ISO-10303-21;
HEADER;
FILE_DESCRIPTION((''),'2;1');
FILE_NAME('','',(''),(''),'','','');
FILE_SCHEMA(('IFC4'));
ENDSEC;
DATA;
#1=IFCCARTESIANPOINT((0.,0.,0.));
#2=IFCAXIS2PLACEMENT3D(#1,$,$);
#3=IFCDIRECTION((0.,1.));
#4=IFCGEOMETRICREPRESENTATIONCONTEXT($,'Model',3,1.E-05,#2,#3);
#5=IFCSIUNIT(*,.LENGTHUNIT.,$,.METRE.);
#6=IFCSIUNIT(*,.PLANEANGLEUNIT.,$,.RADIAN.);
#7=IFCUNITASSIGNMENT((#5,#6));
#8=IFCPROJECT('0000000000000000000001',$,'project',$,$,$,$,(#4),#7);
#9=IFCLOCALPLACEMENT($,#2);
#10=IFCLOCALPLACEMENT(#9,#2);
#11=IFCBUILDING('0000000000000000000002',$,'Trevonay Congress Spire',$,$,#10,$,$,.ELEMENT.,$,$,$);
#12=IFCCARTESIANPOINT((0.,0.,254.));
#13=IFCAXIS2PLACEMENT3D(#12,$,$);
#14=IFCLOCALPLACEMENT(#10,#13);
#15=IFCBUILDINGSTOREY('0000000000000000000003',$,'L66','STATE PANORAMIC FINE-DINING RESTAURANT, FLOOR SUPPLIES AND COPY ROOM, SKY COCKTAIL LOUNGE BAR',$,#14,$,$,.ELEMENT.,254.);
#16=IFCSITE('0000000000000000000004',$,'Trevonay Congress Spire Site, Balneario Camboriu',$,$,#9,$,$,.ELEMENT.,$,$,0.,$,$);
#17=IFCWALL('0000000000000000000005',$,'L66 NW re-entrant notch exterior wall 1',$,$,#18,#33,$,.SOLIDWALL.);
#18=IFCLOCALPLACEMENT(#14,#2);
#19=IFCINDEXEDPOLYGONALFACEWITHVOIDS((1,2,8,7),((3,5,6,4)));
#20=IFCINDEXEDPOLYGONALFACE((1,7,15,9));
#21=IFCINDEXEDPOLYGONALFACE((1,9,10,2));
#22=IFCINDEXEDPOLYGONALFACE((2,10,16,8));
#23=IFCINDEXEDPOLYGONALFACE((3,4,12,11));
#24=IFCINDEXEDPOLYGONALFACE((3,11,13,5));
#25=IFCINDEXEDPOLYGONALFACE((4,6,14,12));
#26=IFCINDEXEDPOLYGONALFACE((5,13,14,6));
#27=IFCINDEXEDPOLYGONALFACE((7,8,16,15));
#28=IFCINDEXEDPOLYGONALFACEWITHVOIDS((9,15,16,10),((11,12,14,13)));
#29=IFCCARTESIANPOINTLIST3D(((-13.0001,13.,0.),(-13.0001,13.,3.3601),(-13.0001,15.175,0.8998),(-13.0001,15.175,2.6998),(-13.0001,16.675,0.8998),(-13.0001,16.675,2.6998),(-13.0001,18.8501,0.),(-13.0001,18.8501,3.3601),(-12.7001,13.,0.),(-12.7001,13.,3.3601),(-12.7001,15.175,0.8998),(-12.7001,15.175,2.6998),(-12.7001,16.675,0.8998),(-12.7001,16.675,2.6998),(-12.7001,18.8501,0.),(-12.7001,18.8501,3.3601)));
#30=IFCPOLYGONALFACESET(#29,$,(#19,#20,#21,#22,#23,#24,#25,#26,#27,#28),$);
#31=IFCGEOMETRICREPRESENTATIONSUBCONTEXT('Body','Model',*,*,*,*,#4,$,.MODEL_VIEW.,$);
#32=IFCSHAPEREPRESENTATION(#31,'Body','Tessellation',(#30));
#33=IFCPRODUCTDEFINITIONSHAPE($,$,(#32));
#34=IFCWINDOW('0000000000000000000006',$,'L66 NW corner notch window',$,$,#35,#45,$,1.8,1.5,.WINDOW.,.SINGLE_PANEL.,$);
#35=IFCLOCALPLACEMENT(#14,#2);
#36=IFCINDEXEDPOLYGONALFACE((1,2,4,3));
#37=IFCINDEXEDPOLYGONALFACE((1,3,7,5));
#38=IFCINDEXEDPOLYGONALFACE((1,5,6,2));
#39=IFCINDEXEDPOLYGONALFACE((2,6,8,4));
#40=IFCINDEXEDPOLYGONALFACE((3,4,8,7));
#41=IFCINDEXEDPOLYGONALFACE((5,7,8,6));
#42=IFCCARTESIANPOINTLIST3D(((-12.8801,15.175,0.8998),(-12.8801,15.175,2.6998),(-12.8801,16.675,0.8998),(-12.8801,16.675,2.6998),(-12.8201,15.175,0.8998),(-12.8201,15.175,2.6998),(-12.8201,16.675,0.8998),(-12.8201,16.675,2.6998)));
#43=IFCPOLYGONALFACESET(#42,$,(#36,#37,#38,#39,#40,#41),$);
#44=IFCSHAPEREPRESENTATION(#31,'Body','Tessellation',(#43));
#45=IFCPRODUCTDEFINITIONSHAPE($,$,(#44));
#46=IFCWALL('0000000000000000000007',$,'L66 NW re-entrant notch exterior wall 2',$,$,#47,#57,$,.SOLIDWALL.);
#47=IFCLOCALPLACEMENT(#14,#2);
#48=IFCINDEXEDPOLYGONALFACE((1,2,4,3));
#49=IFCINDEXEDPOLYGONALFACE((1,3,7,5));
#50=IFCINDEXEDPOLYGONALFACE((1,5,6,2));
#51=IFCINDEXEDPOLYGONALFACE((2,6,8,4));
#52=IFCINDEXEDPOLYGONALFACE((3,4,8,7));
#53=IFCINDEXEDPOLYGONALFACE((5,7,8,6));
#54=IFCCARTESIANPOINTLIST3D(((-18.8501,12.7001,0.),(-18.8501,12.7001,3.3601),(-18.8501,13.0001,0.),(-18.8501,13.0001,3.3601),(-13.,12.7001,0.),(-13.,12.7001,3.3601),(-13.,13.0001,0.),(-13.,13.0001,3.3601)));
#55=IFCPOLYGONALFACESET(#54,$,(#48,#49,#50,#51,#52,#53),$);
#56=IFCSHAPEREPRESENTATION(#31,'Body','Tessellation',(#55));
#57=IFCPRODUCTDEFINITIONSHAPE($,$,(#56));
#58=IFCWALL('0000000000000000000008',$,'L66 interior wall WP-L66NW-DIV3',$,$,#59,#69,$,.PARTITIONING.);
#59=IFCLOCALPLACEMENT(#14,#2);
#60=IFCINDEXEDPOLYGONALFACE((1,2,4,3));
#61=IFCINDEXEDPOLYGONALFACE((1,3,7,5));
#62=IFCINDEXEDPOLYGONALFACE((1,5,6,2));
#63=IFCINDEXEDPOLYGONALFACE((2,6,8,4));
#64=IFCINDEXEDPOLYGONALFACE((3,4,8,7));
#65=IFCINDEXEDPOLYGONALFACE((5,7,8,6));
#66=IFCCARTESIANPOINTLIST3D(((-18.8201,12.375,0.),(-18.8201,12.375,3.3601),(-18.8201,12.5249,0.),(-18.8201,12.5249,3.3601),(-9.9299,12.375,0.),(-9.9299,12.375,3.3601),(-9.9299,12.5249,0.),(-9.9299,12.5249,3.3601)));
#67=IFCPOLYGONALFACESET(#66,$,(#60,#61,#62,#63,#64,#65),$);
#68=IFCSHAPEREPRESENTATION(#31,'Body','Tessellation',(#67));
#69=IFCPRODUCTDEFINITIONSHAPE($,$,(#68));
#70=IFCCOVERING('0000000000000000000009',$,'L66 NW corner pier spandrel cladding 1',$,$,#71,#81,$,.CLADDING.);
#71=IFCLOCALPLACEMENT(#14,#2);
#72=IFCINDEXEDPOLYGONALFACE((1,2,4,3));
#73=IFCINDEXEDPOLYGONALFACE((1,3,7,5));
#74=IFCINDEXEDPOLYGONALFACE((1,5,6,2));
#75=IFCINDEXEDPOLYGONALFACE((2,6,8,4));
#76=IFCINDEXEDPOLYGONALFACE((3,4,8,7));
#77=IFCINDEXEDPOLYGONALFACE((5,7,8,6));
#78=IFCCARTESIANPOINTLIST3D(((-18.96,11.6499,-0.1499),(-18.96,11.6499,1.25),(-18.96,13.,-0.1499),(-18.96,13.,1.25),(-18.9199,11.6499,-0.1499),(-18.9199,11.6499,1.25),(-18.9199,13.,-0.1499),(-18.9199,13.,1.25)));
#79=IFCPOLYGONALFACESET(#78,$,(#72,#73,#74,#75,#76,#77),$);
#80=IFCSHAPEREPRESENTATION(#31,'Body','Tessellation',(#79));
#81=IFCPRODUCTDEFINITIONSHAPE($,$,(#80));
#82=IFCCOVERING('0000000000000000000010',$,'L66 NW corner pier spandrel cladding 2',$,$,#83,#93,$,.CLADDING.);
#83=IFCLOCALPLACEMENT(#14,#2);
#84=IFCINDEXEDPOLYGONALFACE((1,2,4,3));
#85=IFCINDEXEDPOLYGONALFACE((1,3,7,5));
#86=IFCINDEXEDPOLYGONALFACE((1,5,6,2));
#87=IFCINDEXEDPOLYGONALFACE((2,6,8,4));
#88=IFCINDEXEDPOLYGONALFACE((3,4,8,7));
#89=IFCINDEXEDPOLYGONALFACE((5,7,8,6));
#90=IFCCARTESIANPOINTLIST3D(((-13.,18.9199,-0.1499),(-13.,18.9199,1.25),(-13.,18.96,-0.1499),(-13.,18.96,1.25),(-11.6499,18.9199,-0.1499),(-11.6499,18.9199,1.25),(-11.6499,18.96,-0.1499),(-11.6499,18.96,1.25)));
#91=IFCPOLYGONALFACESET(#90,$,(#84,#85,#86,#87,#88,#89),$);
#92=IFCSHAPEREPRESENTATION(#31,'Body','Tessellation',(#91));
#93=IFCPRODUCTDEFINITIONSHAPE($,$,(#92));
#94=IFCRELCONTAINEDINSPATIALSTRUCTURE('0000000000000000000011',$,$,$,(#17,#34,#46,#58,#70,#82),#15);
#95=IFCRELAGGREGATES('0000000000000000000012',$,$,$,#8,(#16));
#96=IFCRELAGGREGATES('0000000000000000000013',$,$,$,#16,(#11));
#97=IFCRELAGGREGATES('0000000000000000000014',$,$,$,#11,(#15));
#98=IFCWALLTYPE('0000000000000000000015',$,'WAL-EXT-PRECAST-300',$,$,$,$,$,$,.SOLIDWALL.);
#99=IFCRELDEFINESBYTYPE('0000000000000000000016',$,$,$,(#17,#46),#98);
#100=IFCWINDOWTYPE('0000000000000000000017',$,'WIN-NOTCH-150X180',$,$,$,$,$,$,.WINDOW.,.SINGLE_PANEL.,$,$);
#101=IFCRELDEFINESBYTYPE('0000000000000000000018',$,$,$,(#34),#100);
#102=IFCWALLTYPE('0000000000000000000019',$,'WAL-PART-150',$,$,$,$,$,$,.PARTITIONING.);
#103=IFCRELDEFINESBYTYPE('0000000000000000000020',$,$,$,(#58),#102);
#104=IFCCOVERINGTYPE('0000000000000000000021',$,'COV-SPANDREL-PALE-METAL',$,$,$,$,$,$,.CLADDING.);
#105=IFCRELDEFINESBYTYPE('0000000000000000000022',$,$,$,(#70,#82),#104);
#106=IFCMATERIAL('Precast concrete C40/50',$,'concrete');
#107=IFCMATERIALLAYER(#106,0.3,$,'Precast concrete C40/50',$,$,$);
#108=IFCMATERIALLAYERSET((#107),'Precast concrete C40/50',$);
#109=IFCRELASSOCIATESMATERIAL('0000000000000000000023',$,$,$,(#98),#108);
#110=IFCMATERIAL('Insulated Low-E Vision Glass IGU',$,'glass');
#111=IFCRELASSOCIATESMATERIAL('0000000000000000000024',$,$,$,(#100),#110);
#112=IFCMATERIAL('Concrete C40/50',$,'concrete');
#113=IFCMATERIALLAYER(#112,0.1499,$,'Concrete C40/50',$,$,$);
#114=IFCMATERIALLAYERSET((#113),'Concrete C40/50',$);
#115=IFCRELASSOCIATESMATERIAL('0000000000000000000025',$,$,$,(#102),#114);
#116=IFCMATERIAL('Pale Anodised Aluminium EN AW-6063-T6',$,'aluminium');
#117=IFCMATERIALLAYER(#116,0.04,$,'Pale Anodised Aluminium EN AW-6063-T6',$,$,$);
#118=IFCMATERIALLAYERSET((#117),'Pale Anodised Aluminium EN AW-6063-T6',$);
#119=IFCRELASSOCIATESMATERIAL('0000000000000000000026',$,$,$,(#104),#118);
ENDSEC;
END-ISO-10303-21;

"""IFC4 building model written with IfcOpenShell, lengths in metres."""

from ifc_helpers import new_model, si_unit, direction, frame, frame_2d, origin, place, context, subcontext, project, spatial, rectangle, extrude, material, layer, layer_set, type_object, element, fill, save


model = new_model("IFC4")

# Units and contexts
model_context = context("Model", 3, precision=1e-05, world=origin(), true_north=direction((0.0, 1.0)))
body_context = subcontext(model_context, "Body", "Model", "MODEL_VIEW")
ifc_project = project(units=[si_unit("LENGTHUNIT", "METRE"), si_unit("PLANEANGLEUNIT", "RADIAN")], contexts=[model_context])

# Site, building, storey
site_placement = place(None, origin())
site = spatial("IfcSite", under=ifc_project, at=site_placement, Name="Trevonay Congress Spire Site, Balneario Camboriu", CompositionType="ELEMENT", RefElevation=0.0)
building_placement = place(site_placement, origin())
building = spatial("IfcBuilding", under=site, at=building_placement, Name="Trevonay Congress Spire", CompositionType="ELEMENT")
storey_placement = place(building_placement, frame((0.0, 0.0, 254.0)))
storey = spatial("IfcBuildingStorey", under=building, at=storey_placement, Name="L66", Description="STATE PANORAMIC FINE-DINING RESTAURANT, FLOOR SUPPLIES AND COPY ROOM, SKY COCKTAIL LOUNGE BAR", CompositionType="ELEMENT", Elevation=254.0)

# Shared definitions
ifc_material_1 = material(Name="Pale Anodised Aluminium EN AW-6063-T6", Category="aluminium")

# Shared definitions
ifc_material_2 = material(Name="Insulated Low-E Vision Glass IGU", Category="glass")

# Shared definitions
ifc_material_3 = material(Name="Concrete C40/50", Category="concrete")

# Wall, opening, window
ifc_material_4 = material(Name="Precast concrete C40/50", Category="concrete")
ifc_layer_1 = layer(ifc_material_4, 0.3, Name="Precast concrete C40/50")
ifc_layer_set_1 = layer_set([ifc_layer_1], Name="Precast concrete C40/50")
wall_type_1 = type_object("IfcWallType", Name="WAL-EXT-PRECAST-300", PredefinedType="SOLIDWALL", material=ifc_layer_set_1)
wall_1_placement = place(storey_placement, frame((-12.8501, 18.8501, 0.0), z_axis=(0.0, 0.0, 1.0), x_axis=(0.0, -1.0, 0.0)))
wall_1 = element("IfcWall", 1, at=wall_1_placement, inside=storey, type_object=wall_type_1, Name="L66 NW re-entrant notch exterior wall 1", PredefinedType="SOLIDWALL", context=body_context, shape_type="SweptSolid", body=[
    extrude(rectangle(XDim=5.8501, YDim=0.3, at=frame_2d((2.925, 0.0))), origin(), (0.0, 0.0, 1.0), 3.3601),
])
opening_1_placement = place(wall_1_placement, frame((2.175, 0.0, 0.8999)))
opening_1 = element("IfcOpeningElement", 2, at=opening_1_placement, cuts=wall_1, PredefinedType="OPENING", context=body_context, shape_type="SweptSolid", body=[
    extrude(rectangle(XDim=1.5, YDim=1.8, at=frame_2d((0.75, 0.8999))), frame((0.0, 0.1602, 0.0), z_axis=(0.0, -1.0, 0.0), x_axis=(1.0, 0.0, 0.0)), (0.0, 0.0, 1.0), 0.3201),
])
window_type = type_object("IfcWindowType", Name="WIN-NOTCH-150X180", PartitioningType="SINGLE_PANEL", PredefinedType="WINDOW", material=ifc_material_2)
window_placement = place(opening_1_placement, origin())
window = element("IfcWindow", 3, at=window_placement, inside=storey, type_object=window_type, Name="L66 NW corner notch window", OverallHeight=1.8, OverallWidth=1.5, PartitioningType="SINGLE_PANEL", PredefinedType="WINDOW", context=body_context, shape_type="SweptSolid", body=[
    extrude(rectangle(XDim=1.5, YDim=1.8, at=frame_2d((0.75, 0.8999))), frame((0.0, 0.03, 0.0), z_axis=(0.0, -1.0, 0.0), x_axis=(1.0, 0.0, 0.0)), (0.0, 0.0, 1.0), 0.0601),
])
fill(opening_1, window)

# Walls
wall_2_placement = place(storey_placement, frame((-18.8501, 12.8501, 0.0), z_axis=(0.0, 0.0, 1.0), x_axis=(1.0, 0.0, 0.0)))
element("IfcWall", 4, at=wall_2_placement, inside=storey, type_object=wall_type_1, Name="L66 NW re-entrant notch exterior wall 2", PredefinedType="SOLIDWALL", context=body_context, shape_type="SweptSolid", body=[
    extrude(rectangle(XDim=5.8501, YDim=0.3, at=frame_2d((2.925, 0.0))), origin(), (0.0, 0.0, 1.0), 3.3601),
])
ifc_layer_2 = layer(ifc_material_3, 0.1499, Name="Concrete C40/50")
ifc_layer_set_2 = layer_set([ifc_layer_2], Name="Concrete C40/50")
wall_type_2 = type_object("IfcWallType", Name="WAL-PART-150", PredefinedType="PARTITIONING", material=ifc_layer_set_2)
wall_3_placement = place(storey_placement, frame((-18.8201, 12.45, 0.0), z_axis=(0.0, 0.0, 1.0), x_axis=(1.0, 0.0, 0.0)))
element("IfcWall", 5, at=wall_3_placement, inside=storey, type_object=wall_type_2, Name="L66 interior wall WP-L66NW-DIV3", PredefinedType="PARTITIONING", context=body_context, shape_type="SweptSolid", body=[
    extrude(rectangle(XDim=8.8901, YDim=0.1499, at=frame_2d((4.4451, 0.0))), origin(), (0.0, 0.0, 1.0), 3.3601),
])

# Coverings
ifc_layer_3 = layer(ifc_material_1, 0.04, Name="Pale Anodised Aluminium EN AW-6063-T6")
ifc_layer_set_3 = layer_set([ifc_layer_3], Name="Pale Anodised Aluminium EN AW-6063-T6")
covering_type = type_object("IfcCoveringType", Name="COV-SPANDREL-PALE-METAL", PredefinedType="CLADDING", material=ifc_layer_set_3)
for number, where, z_axis, x_axis, name in (
    (6, (-18.9399, 11.6499, -0.1499), (0.0, 0.0, 1.0), (0.0, 1.0, 0.0), "L66 NW corner pier spandrel cladding 1"),
    (7, (-11.6499, 18.9399, -0.1499), (0.0, 0.0, 1.0), (-1.0, 0.0, 0.0), "L66 NW corner pier spandrel cladding 2"),
):
    element("IfcCovering", number, at=place(storey_placement, frame(where, z_axis=z_axis, x_axis=x_axis)), inside=storey, type_object=covering_type, Name=name, PredefinedType="CLADDING", context=body_context, shape_type="SweptSolid", body=[
        extrude(rectangle(XDim=1.3501, YDim=0.04, at=frame_2d((0.675, 0.0))), origin(), (0.0, 0.0, 1.0), 1.3999),
    ])

save(model, "model.ifc")
